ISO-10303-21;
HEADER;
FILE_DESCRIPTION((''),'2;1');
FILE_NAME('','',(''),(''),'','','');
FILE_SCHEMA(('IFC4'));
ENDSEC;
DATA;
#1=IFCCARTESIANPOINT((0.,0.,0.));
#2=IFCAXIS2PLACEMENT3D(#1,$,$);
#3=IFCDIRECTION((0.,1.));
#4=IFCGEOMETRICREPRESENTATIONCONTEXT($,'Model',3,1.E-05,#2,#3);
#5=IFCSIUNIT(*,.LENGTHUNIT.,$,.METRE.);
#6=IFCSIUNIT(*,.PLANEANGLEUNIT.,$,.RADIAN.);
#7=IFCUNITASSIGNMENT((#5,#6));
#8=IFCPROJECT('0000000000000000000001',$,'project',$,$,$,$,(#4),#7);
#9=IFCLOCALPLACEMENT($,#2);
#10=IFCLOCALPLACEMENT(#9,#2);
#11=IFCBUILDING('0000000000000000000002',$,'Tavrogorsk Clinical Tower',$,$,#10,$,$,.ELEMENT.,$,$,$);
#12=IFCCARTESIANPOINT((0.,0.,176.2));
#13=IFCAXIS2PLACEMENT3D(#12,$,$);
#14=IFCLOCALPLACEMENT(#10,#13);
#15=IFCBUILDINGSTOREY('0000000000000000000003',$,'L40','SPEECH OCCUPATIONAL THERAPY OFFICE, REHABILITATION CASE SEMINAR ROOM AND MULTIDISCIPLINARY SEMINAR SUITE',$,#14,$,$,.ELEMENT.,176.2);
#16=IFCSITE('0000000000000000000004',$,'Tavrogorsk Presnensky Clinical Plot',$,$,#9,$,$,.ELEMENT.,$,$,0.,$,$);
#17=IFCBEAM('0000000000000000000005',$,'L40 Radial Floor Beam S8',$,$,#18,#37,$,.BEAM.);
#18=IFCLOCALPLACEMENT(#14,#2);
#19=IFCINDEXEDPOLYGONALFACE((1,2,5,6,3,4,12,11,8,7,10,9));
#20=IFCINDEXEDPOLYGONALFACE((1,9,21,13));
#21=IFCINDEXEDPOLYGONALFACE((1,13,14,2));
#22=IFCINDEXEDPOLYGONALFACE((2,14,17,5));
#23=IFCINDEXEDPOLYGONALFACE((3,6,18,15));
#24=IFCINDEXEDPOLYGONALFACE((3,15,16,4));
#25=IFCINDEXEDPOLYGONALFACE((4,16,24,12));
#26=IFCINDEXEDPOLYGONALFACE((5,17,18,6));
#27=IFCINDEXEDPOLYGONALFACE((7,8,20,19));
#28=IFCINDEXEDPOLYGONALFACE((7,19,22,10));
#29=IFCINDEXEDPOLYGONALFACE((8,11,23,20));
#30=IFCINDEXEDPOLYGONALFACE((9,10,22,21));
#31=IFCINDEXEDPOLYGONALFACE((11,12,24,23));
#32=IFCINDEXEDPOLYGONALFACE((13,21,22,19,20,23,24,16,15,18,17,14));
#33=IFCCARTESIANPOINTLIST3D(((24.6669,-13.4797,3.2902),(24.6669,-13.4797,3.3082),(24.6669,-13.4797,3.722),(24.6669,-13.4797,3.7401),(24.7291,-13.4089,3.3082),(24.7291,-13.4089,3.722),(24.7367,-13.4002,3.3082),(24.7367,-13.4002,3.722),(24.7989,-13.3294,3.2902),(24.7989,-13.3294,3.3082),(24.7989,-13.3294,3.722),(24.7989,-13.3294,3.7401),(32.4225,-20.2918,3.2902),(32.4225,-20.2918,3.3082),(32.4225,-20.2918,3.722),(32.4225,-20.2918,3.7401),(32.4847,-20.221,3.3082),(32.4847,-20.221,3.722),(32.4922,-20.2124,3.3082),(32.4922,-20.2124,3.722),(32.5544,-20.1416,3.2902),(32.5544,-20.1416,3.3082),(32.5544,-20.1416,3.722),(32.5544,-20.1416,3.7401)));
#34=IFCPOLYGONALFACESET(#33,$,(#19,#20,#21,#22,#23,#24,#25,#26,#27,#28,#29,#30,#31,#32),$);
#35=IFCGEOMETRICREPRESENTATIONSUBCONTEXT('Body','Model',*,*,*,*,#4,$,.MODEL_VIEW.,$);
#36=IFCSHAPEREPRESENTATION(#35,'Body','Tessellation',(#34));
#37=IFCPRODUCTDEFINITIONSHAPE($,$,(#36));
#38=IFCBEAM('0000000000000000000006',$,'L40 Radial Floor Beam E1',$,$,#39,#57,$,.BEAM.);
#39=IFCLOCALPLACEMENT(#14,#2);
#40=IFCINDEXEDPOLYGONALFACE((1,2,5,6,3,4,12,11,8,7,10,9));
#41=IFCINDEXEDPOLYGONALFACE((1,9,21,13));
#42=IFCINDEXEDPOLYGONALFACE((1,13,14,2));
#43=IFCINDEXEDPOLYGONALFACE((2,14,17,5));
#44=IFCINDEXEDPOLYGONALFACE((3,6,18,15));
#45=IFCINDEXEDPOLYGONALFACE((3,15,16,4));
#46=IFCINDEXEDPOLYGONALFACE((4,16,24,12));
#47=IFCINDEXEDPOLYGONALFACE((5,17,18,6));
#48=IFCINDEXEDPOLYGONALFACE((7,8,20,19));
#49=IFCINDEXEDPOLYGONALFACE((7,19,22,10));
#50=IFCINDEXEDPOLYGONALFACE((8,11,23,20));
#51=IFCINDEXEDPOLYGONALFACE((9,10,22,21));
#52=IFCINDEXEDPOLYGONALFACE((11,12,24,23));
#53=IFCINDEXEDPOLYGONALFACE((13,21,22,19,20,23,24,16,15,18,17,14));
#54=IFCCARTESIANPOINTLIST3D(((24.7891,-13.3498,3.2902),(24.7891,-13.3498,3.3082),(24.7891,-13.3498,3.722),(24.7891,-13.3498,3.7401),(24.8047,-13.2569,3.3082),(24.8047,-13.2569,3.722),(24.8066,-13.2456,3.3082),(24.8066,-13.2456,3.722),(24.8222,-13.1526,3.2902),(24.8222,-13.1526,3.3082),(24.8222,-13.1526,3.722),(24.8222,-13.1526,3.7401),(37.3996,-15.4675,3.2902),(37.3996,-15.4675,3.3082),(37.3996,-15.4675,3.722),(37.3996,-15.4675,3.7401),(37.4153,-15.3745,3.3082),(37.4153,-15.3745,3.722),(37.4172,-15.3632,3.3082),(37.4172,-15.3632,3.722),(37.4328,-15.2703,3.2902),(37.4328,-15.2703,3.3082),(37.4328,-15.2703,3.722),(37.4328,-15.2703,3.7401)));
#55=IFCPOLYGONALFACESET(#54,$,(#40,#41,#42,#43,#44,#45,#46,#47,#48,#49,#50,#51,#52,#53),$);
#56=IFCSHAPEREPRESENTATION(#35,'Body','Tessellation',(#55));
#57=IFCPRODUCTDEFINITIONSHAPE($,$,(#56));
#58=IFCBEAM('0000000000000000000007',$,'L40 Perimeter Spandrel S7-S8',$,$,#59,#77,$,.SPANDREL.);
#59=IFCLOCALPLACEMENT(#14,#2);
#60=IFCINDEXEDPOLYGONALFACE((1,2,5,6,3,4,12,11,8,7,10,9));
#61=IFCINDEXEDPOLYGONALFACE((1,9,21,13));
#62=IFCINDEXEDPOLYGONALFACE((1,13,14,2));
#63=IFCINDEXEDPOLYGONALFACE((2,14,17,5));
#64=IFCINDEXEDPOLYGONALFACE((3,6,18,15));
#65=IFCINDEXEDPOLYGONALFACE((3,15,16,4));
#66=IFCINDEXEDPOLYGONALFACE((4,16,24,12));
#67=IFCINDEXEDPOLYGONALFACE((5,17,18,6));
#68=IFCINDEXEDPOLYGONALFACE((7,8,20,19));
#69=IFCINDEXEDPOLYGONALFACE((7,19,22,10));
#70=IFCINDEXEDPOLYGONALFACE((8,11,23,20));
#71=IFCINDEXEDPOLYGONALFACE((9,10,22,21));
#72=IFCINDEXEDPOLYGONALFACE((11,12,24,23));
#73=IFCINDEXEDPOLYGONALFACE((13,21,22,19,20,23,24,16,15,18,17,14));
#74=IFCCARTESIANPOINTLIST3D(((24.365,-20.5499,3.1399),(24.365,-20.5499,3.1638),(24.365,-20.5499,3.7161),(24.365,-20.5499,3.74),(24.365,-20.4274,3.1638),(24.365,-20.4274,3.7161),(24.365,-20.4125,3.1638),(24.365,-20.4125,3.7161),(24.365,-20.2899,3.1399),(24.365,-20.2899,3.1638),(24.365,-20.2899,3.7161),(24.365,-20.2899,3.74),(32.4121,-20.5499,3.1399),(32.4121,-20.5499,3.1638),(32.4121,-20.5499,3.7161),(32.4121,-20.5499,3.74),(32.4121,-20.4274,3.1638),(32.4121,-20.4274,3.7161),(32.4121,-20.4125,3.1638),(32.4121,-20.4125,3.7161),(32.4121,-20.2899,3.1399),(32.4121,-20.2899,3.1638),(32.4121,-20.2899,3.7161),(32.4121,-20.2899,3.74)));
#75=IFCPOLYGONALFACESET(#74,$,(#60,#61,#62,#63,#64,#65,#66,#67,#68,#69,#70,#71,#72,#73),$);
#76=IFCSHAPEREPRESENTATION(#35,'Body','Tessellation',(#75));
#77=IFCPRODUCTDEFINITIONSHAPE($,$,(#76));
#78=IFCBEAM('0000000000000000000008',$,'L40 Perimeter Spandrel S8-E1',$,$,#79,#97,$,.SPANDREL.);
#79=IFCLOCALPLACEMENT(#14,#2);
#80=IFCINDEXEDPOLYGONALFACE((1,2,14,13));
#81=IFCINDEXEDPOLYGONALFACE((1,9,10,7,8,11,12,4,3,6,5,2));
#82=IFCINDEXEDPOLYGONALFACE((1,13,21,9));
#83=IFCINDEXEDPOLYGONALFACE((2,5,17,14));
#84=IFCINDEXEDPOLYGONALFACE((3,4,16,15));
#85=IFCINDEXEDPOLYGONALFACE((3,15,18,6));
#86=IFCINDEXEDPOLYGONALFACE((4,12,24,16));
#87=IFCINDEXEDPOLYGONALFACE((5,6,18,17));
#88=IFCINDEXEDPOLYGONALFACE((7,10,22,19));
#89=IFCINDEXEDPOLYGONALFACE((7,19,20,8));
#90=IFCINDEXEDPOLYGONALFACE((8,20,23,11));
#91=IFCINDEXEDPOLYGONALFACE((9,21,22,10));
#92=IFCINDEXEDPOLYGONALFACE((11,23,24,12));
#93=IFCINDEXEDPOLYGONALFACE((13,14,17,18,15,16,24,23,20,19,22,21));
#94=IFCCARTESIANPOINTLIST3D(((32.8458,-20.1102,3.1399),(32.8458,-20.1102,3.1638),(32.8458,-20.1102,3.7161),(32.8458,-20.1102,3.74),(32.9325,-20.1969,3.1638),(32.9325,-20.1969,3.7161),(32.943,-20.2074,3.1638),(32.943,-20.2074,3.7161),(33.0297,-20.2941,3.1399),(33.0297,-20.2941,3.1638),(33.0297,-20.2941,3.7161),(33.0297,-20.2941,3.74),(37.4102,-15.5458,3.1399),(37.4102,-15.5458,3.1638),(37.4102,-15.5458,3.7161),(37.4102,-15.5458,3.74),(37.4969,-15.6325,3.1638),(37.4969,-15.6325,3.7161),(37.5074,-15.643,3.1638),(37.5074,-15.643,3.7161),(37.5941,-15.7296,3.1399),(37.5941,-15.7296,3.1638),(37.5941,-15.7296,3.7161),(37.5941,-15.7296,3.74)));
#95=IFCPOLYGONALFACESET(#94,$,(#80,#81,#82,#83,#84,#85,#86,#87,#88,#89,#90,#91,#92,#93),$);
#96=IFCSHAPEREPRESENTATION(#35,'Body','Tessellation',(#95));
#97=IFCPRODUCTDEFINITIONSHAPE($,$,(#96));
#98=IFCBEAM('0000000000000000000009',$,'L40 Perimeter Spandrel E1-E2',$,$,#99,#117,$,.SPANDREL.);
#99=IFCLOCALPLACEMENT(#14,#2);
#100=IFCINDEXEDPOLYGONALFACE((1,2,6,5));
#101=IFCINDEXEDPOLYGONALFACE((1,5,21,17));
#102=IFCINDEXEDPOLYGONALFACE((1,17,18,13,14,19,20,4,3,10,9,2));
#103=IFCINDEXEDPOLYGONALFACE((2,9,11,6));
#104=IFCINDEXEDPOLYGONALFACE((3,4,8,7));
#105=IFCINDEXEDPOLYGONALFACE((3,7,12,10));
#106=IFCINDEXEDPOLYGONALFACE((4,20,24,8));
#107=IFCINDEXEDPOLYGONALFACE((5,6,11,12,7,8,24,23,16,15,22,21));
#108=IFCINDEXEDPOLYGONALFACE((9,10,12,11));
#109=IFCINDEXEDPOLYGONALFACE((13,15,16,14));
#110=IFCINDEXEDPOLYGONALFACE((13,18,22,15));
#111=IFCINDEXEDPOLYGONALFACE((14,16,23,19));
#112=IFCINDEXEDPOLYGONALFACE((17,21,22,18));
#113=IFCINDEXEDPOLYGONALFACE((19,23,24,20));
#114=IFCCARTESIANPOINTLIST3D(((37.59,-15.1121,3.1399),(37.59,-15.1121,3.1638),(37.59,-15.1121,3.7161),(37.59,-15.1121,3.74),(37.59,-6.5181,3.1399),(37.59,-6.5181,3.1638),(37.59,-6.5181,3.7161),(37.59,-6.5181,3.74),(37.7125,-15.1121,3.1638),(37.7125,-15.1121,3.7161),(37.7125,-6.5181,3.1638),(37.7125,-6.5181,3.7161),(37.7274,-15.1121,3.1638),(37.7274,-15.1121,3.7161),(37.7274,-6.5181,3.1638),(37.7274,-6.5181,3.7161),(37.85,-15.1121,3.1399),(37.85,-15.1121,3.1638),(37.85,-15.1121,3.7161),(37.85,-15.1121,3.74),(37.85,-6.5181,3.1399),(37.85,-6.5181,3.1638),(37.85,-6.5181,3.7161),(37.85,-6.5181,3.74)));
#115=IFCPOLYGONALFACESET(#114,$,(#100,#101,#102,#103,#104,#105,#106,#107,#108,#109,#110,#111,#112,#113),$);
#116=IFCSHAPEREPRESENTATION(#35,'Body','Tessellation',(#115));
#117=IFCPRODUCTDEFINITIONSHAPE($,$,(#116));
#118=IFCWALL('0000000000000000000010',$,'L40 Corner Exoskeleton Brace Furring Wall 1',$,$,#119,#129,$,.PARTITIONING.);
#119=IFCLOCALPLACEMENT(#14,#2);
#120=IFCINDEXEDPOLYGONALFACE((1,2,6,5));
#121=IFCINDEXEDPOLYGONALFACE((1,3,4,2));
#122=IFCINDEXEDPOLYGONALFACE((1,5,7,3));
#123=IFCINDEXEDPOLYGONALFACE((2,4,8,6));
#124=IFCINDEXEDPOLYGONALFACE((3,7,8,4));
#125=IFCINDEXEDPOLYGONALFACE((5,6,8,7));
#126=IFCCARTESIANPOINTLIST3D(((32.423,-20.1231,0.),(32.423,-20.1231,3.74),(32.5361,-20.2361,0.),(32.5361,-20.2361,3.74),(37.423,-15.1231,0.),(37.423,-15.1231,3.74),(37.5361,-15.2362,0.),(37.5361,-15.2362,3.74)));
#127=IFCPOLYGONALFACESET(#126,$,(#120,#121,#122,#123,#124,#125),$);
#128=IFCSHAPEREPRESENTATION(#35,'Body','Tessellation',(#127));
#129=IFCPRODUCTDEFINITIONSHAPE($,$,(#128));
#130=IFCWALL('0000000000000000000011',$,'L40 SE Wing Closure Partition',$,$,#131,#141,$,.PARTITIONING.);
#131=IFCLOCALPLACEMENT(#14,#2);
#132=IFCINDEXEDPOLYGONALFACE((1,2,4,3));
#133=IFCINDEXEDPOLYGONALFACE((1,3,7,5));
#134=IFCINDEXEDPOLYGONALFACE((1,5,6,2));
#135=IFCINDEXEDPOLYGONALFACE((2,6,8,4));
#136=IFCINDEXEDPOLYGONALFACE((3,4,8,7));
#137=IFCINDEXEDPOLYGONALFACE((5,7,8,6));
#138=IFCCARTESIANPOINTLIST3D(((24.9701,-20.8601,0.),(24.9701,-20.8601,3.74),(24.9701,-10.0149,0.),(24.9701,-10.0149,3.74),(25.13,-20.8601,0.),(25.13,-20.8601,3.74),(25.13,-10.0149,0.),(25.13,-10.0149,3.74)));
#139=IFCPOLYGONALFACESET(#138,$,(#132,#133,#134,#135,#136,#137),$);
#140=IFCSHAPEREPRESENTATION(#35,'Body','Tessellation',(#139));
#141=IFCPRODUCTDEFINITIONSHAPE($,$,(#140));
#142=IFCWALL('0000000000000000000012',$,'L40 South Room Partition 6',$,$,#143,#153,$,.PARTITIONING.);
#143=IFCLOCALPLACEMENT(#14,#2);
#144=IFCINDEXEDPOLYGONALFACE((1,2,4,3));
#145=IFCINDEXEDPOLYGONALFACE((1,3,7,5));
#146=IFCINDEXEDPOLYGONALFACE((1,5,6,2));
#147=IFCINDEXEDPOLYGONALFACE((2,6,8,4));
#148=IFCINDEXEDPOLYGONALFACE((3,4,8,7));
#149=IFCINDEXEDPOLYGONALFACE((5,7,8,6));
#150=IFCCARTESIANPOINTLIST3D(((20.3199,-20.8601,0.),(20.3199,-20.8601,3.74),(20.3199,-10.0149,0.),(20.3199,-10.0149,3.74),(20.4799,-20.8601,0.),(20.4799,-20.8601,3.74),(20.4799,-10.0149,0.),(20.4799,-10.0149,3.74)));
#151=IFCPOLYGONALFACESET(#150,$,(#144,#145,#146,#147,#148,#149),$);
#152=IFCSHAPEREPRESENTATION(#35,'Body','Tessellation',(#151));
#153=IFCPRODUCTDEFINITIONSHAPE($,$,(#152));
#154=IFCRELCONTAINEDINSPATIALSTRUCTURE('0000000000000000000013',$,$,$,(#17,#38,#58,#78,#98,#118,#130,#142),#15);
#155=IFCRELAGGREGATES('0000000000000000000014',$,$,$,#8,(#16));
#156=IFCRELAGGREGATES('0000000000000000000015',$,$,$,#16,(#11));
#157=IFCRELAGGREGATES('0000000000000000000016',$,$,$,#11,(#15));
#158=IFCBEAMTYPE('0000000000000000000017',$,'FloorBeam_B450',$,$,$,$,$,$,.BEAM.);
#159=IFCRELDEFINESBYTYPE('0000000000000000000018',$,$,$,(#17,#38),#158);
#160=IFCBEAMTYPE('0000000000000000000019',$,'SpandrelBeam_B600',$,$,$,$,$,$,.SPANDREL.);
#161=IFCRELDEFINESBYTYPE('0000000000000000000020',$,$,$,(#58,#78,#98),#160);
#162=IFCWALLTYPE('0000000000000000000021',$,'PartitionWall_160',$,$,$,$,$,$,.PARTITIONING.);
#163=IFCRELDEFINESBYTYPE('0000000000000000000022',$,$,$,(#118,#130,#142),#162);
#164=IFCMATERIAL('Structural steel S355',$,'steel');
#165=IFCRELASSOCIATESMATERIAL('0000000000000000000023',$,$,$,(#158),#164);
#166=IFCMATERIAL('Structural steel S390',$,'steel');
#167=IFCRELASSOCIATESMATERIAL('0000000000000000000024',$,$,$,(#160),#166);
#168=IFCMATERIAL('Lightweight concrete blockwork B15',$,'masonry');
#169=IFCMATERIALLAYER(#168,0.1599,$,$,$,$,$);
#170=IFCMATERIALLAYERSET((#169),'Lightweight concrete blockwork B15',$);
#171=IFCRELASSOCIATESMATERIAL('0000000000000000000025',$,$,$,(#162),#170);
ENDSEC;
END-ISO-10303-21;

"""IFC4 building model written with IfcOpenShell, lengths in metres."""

from ifc_helpers import new_model, si_unit, direction, frame, frame_2d, origin, origin_2d, place, context, subcontext, project, spatial, rectangle, i_section, extrude, material, layer, layer_set, material_profile, profile_set, type_object, element, save


model = new_model("IFC4")

# Units and contexts
model_context = context("Model", 3, precision=1e-05, world=origin(), true_north=direction((0.0, 1.0)))
body_context = subcontext(model_context, "Body", "Model", "MODEL_VIEW")
ifc_project = project(units=[si_unit("LENGTHUNIT", "METRE"), si_unit("PLANEANGLEUNIT", "RADIAN")], contexts=[model_context])

# Site, building, storey
site_placement = place(None, origin())
site = spatial("IfcSite", under=ifc_project, at=site_placement, Name="Tavrogorsk Presnensky Clinical Plot", CompositionType="ELEMENT", RefElevation=0.0)
building_placement = place(site_placement, origin())
building = spatial("IfcBuilding", under=site, at=building_placement, Name="Tavrogorsk Clinical Tower", CompositionType="ELEMENT")
storey_placement = place(building_placement, frame((0.0, 0.0, 176.2)))
storey = spatial("IfcBuildingStorey", under=building, at=storey_placement, Name="L40", Description="SPEECH OCCUPATIONAL THERAPY OFFICE, REHABILITATION CASE SEMINAR ROOM AND MULTIDISCIPLINARY SEMINAR SUITE", CompositionType="ELEMENT", Elevation=176.2)

# Beams
ifc_material_1 = material(Name="Structural steel S355", Category="steel")
ifc_material_profile_1 = material_profile(ifc_material_1, i_section(OverallWidth=0.2, OverallDepth=0.45, WebThickness=0.0115, FlangeThickness=0.0181, at=origin_2d()), Name="B-450x200x11.5x18")
ifc_profile_set_1 = profile_set([ifc_material_profile_1], Name="Structural steel S355")
beam_type_1 = type_object("IfcBeamType", Name="FloorBeam_B450", PredefinedType="BEAM", material=ifc_profile_set_1)
beam_1_placement = place(storey_placement, frame((24.7329, -13.4045, 3.5151), z_axis=(0.751323, -0.659935, 0.0), x_axis=(0.659935, 0.751323, 0.0)))
element("IfcBeam", 1, at=beam_1_placement, inside=storey, type_object=beam_type_1, Name="L40 Radial Floor Beam S8", PredefinedType="BEAM", context=body_context, shape_type="SweptSolid", body=[
    extrude(i_section(OverallWidth=0.2, OverallDepth=0.45, WebThickness=0.0115, FlangeThickness=0.0181, at=origin_2d()), origin(), (0.0, 0.0, 1.0), 10.3225),
])
beam_2_placement = place(storey_placement, frame((24.8057, -13.2512, 3.5151), z_axis=(0.986191, -0.165609, 0.0), x_axis=(0.165609, 0.986191, 0.0)))
element("IfcBeam", 2, at=beam_2_placement, inside=storey, type_object=beam_type_1, Name="L40 Radial Floor Beam E1", PredefinedType="BEAM", context=body_context, shape_type="SweptSolid", body=[
    extrude(i_section(OverallWidth=0.2, OverallDepth=0.45, WebThickness=0.0115, FlangeThickness=0.0181, at=origin_2d()), origin(), (0.0, 0.0, 1.0), 12.7871),
])
ifc_material_2 = material(Name="Structural steel S390", Category="steel")
ifc_material_profile_2 = material_profile(ifc_material_2, i_section(OverallWidth=0.26, OverallDepth=0.6001, WebThickness=0.0149, FlangeThickness=0.0239, at=origin_2d()), Name="B-600x260x15x24")
ifc_profile_set_2 = profile_set([ifc_material_profile_2], Name="Structural steel S390")
beam_type_2 = type_object("IfcBeamType", Name="SpandrelBeam_B600", PredefinedType="SPANDREL", material=ifc_profile_set_2)
beam_3_placement = place(storey_placement, frame((24.365, -20.4199, 3.4399), z_axis=(1.0, 0.0, 0.0), x_axis=(0.0, 1.0, 0.0)))
element("IfcBeam", 3, at=beam_3_placement, inside=storey, type_object=beam_type_2, Name="L40 Perimeter Spandrel S7-S8", PredefinedType="SPANDREL", context=body_context, shape_type="SweptSolid", body=[
    extrude(i_section(OverallWidth=0.26, OverallDepth=0.6001, WebThickness=0.0149, FlangeThickness=0.0239, at=origin_2d()), origin(), (0.0, 0.0, 1.0), 8.0471),
])
beam_4_placement = place(storey_placement, frame((32.9377, -20.2021, 3.4399), z_axis=(0.707107, 0.707107, 0.0), x_axis=(-0.707107, 0.707107, 0.0)))
element("IfcBeam", 4, at=beam_4_placement, inside=storey, type_object=beam_type_2, Name="L40 Perimeter Spandrel S8-E1", PredefinedType="SPANDREL", context=body_context, shape_type="SweptSolid", body=[
    extrude(i_section(OverallWidth=0.26, OverallDepth=0.6001, WebThickness=0.0149, FlangeThickness=0.0239, at=origin_2d()), origin(), (0.0, 0.0, 1.0), 6.4551),
])
beam_5_placement = place(storey_placement, frame((37.72, -15.1121, 3.4399), z_axis=(0.0, 1.0, 0.0), x_axis=(-1.0, 0.0, 0.0)))
element("IfcBeam", 5, at=beam_5_placement, inside=storey, type_object=beam_type_2, Name="L40 Perimeter Spandrel E1-E2", PredefinedType="SPANDREL", context=body_context, shape_type="SweptSolid", body=[
    extrude(i_section(OverallWidth=0.26, OverallDepth=0.6001, WebThickness=0.0149, FlangeThickness=0.0239, at=origin_2d()), origin(), (0.0, 0.0, 1.0), 8.594),
])

# Walls
ifc_material_3 = material(Name="Lightweight concrete blockwork B15", Category="masonry")
ifc_layer_1 = layer(ifc_material_3, 0.1599)
ifc_layer_set_1 = layer_set([ifc_layer_1], Name="Lightweight concrete blockwork B15")
wall_type_1 = type_object("IfcWallType", Name="PartitionWall_160", PredefinedType="PARTITIONING", material=ifc_layer_set_1)
wall_1_placement = place(storey_placement, frame((32.4795, -20.1797, 0.0), z_axis=(0.0, 0.0, 1.0), x_axis=(0.707107, 0.707107, 0.0)))
element("IfcWall", 6, at=wall_1_placement, inside=storey, type_object=wall_type_1, Name="L40 Corner Exoskeleton Brace Furring Wall 1", PredefinedType="PARTITIONING", context=body_context, shape_type="SweptSolid", body=[
    extrude(rectangle(XDim=7.071, YDim=0.1599, at=frame_2d((3.5356, 0.0))), origin(), (0.0, 0.0, 1.0), 3.74),
])
for number, where, z_axis, x_axis, name in (
    (7, (25.05, -20.8601, 0.0), (0.0, 0.0, 1.0), (0.0, 1.0, 0.0), "L40 SE Wing Closure Partition"),
    (8, (20.3999, -20.8601, 0.0), (0.0, 0.0, 1.0), (0.0, 1.0, 0.0), "L40 South Room Partition 6"),
):
    element("IfcWall", number, at=place(storey_placement, frame(where, z_axis=z_axis, x_axis=x_axis)), inside=storey, type_object=wall_type_1, Name=name, PredefinedType="PARTITIONING", context=body_context, shape_type="SweptSolid", body=[
        extrude(rectangle(XDim=10.8452, YDim=0.1599, at=frame_2d((5.4226, 0.0))), origin(), (0.0, 0.0, 1.0), 3.74),
    ])

save(model, "model.ifc")
